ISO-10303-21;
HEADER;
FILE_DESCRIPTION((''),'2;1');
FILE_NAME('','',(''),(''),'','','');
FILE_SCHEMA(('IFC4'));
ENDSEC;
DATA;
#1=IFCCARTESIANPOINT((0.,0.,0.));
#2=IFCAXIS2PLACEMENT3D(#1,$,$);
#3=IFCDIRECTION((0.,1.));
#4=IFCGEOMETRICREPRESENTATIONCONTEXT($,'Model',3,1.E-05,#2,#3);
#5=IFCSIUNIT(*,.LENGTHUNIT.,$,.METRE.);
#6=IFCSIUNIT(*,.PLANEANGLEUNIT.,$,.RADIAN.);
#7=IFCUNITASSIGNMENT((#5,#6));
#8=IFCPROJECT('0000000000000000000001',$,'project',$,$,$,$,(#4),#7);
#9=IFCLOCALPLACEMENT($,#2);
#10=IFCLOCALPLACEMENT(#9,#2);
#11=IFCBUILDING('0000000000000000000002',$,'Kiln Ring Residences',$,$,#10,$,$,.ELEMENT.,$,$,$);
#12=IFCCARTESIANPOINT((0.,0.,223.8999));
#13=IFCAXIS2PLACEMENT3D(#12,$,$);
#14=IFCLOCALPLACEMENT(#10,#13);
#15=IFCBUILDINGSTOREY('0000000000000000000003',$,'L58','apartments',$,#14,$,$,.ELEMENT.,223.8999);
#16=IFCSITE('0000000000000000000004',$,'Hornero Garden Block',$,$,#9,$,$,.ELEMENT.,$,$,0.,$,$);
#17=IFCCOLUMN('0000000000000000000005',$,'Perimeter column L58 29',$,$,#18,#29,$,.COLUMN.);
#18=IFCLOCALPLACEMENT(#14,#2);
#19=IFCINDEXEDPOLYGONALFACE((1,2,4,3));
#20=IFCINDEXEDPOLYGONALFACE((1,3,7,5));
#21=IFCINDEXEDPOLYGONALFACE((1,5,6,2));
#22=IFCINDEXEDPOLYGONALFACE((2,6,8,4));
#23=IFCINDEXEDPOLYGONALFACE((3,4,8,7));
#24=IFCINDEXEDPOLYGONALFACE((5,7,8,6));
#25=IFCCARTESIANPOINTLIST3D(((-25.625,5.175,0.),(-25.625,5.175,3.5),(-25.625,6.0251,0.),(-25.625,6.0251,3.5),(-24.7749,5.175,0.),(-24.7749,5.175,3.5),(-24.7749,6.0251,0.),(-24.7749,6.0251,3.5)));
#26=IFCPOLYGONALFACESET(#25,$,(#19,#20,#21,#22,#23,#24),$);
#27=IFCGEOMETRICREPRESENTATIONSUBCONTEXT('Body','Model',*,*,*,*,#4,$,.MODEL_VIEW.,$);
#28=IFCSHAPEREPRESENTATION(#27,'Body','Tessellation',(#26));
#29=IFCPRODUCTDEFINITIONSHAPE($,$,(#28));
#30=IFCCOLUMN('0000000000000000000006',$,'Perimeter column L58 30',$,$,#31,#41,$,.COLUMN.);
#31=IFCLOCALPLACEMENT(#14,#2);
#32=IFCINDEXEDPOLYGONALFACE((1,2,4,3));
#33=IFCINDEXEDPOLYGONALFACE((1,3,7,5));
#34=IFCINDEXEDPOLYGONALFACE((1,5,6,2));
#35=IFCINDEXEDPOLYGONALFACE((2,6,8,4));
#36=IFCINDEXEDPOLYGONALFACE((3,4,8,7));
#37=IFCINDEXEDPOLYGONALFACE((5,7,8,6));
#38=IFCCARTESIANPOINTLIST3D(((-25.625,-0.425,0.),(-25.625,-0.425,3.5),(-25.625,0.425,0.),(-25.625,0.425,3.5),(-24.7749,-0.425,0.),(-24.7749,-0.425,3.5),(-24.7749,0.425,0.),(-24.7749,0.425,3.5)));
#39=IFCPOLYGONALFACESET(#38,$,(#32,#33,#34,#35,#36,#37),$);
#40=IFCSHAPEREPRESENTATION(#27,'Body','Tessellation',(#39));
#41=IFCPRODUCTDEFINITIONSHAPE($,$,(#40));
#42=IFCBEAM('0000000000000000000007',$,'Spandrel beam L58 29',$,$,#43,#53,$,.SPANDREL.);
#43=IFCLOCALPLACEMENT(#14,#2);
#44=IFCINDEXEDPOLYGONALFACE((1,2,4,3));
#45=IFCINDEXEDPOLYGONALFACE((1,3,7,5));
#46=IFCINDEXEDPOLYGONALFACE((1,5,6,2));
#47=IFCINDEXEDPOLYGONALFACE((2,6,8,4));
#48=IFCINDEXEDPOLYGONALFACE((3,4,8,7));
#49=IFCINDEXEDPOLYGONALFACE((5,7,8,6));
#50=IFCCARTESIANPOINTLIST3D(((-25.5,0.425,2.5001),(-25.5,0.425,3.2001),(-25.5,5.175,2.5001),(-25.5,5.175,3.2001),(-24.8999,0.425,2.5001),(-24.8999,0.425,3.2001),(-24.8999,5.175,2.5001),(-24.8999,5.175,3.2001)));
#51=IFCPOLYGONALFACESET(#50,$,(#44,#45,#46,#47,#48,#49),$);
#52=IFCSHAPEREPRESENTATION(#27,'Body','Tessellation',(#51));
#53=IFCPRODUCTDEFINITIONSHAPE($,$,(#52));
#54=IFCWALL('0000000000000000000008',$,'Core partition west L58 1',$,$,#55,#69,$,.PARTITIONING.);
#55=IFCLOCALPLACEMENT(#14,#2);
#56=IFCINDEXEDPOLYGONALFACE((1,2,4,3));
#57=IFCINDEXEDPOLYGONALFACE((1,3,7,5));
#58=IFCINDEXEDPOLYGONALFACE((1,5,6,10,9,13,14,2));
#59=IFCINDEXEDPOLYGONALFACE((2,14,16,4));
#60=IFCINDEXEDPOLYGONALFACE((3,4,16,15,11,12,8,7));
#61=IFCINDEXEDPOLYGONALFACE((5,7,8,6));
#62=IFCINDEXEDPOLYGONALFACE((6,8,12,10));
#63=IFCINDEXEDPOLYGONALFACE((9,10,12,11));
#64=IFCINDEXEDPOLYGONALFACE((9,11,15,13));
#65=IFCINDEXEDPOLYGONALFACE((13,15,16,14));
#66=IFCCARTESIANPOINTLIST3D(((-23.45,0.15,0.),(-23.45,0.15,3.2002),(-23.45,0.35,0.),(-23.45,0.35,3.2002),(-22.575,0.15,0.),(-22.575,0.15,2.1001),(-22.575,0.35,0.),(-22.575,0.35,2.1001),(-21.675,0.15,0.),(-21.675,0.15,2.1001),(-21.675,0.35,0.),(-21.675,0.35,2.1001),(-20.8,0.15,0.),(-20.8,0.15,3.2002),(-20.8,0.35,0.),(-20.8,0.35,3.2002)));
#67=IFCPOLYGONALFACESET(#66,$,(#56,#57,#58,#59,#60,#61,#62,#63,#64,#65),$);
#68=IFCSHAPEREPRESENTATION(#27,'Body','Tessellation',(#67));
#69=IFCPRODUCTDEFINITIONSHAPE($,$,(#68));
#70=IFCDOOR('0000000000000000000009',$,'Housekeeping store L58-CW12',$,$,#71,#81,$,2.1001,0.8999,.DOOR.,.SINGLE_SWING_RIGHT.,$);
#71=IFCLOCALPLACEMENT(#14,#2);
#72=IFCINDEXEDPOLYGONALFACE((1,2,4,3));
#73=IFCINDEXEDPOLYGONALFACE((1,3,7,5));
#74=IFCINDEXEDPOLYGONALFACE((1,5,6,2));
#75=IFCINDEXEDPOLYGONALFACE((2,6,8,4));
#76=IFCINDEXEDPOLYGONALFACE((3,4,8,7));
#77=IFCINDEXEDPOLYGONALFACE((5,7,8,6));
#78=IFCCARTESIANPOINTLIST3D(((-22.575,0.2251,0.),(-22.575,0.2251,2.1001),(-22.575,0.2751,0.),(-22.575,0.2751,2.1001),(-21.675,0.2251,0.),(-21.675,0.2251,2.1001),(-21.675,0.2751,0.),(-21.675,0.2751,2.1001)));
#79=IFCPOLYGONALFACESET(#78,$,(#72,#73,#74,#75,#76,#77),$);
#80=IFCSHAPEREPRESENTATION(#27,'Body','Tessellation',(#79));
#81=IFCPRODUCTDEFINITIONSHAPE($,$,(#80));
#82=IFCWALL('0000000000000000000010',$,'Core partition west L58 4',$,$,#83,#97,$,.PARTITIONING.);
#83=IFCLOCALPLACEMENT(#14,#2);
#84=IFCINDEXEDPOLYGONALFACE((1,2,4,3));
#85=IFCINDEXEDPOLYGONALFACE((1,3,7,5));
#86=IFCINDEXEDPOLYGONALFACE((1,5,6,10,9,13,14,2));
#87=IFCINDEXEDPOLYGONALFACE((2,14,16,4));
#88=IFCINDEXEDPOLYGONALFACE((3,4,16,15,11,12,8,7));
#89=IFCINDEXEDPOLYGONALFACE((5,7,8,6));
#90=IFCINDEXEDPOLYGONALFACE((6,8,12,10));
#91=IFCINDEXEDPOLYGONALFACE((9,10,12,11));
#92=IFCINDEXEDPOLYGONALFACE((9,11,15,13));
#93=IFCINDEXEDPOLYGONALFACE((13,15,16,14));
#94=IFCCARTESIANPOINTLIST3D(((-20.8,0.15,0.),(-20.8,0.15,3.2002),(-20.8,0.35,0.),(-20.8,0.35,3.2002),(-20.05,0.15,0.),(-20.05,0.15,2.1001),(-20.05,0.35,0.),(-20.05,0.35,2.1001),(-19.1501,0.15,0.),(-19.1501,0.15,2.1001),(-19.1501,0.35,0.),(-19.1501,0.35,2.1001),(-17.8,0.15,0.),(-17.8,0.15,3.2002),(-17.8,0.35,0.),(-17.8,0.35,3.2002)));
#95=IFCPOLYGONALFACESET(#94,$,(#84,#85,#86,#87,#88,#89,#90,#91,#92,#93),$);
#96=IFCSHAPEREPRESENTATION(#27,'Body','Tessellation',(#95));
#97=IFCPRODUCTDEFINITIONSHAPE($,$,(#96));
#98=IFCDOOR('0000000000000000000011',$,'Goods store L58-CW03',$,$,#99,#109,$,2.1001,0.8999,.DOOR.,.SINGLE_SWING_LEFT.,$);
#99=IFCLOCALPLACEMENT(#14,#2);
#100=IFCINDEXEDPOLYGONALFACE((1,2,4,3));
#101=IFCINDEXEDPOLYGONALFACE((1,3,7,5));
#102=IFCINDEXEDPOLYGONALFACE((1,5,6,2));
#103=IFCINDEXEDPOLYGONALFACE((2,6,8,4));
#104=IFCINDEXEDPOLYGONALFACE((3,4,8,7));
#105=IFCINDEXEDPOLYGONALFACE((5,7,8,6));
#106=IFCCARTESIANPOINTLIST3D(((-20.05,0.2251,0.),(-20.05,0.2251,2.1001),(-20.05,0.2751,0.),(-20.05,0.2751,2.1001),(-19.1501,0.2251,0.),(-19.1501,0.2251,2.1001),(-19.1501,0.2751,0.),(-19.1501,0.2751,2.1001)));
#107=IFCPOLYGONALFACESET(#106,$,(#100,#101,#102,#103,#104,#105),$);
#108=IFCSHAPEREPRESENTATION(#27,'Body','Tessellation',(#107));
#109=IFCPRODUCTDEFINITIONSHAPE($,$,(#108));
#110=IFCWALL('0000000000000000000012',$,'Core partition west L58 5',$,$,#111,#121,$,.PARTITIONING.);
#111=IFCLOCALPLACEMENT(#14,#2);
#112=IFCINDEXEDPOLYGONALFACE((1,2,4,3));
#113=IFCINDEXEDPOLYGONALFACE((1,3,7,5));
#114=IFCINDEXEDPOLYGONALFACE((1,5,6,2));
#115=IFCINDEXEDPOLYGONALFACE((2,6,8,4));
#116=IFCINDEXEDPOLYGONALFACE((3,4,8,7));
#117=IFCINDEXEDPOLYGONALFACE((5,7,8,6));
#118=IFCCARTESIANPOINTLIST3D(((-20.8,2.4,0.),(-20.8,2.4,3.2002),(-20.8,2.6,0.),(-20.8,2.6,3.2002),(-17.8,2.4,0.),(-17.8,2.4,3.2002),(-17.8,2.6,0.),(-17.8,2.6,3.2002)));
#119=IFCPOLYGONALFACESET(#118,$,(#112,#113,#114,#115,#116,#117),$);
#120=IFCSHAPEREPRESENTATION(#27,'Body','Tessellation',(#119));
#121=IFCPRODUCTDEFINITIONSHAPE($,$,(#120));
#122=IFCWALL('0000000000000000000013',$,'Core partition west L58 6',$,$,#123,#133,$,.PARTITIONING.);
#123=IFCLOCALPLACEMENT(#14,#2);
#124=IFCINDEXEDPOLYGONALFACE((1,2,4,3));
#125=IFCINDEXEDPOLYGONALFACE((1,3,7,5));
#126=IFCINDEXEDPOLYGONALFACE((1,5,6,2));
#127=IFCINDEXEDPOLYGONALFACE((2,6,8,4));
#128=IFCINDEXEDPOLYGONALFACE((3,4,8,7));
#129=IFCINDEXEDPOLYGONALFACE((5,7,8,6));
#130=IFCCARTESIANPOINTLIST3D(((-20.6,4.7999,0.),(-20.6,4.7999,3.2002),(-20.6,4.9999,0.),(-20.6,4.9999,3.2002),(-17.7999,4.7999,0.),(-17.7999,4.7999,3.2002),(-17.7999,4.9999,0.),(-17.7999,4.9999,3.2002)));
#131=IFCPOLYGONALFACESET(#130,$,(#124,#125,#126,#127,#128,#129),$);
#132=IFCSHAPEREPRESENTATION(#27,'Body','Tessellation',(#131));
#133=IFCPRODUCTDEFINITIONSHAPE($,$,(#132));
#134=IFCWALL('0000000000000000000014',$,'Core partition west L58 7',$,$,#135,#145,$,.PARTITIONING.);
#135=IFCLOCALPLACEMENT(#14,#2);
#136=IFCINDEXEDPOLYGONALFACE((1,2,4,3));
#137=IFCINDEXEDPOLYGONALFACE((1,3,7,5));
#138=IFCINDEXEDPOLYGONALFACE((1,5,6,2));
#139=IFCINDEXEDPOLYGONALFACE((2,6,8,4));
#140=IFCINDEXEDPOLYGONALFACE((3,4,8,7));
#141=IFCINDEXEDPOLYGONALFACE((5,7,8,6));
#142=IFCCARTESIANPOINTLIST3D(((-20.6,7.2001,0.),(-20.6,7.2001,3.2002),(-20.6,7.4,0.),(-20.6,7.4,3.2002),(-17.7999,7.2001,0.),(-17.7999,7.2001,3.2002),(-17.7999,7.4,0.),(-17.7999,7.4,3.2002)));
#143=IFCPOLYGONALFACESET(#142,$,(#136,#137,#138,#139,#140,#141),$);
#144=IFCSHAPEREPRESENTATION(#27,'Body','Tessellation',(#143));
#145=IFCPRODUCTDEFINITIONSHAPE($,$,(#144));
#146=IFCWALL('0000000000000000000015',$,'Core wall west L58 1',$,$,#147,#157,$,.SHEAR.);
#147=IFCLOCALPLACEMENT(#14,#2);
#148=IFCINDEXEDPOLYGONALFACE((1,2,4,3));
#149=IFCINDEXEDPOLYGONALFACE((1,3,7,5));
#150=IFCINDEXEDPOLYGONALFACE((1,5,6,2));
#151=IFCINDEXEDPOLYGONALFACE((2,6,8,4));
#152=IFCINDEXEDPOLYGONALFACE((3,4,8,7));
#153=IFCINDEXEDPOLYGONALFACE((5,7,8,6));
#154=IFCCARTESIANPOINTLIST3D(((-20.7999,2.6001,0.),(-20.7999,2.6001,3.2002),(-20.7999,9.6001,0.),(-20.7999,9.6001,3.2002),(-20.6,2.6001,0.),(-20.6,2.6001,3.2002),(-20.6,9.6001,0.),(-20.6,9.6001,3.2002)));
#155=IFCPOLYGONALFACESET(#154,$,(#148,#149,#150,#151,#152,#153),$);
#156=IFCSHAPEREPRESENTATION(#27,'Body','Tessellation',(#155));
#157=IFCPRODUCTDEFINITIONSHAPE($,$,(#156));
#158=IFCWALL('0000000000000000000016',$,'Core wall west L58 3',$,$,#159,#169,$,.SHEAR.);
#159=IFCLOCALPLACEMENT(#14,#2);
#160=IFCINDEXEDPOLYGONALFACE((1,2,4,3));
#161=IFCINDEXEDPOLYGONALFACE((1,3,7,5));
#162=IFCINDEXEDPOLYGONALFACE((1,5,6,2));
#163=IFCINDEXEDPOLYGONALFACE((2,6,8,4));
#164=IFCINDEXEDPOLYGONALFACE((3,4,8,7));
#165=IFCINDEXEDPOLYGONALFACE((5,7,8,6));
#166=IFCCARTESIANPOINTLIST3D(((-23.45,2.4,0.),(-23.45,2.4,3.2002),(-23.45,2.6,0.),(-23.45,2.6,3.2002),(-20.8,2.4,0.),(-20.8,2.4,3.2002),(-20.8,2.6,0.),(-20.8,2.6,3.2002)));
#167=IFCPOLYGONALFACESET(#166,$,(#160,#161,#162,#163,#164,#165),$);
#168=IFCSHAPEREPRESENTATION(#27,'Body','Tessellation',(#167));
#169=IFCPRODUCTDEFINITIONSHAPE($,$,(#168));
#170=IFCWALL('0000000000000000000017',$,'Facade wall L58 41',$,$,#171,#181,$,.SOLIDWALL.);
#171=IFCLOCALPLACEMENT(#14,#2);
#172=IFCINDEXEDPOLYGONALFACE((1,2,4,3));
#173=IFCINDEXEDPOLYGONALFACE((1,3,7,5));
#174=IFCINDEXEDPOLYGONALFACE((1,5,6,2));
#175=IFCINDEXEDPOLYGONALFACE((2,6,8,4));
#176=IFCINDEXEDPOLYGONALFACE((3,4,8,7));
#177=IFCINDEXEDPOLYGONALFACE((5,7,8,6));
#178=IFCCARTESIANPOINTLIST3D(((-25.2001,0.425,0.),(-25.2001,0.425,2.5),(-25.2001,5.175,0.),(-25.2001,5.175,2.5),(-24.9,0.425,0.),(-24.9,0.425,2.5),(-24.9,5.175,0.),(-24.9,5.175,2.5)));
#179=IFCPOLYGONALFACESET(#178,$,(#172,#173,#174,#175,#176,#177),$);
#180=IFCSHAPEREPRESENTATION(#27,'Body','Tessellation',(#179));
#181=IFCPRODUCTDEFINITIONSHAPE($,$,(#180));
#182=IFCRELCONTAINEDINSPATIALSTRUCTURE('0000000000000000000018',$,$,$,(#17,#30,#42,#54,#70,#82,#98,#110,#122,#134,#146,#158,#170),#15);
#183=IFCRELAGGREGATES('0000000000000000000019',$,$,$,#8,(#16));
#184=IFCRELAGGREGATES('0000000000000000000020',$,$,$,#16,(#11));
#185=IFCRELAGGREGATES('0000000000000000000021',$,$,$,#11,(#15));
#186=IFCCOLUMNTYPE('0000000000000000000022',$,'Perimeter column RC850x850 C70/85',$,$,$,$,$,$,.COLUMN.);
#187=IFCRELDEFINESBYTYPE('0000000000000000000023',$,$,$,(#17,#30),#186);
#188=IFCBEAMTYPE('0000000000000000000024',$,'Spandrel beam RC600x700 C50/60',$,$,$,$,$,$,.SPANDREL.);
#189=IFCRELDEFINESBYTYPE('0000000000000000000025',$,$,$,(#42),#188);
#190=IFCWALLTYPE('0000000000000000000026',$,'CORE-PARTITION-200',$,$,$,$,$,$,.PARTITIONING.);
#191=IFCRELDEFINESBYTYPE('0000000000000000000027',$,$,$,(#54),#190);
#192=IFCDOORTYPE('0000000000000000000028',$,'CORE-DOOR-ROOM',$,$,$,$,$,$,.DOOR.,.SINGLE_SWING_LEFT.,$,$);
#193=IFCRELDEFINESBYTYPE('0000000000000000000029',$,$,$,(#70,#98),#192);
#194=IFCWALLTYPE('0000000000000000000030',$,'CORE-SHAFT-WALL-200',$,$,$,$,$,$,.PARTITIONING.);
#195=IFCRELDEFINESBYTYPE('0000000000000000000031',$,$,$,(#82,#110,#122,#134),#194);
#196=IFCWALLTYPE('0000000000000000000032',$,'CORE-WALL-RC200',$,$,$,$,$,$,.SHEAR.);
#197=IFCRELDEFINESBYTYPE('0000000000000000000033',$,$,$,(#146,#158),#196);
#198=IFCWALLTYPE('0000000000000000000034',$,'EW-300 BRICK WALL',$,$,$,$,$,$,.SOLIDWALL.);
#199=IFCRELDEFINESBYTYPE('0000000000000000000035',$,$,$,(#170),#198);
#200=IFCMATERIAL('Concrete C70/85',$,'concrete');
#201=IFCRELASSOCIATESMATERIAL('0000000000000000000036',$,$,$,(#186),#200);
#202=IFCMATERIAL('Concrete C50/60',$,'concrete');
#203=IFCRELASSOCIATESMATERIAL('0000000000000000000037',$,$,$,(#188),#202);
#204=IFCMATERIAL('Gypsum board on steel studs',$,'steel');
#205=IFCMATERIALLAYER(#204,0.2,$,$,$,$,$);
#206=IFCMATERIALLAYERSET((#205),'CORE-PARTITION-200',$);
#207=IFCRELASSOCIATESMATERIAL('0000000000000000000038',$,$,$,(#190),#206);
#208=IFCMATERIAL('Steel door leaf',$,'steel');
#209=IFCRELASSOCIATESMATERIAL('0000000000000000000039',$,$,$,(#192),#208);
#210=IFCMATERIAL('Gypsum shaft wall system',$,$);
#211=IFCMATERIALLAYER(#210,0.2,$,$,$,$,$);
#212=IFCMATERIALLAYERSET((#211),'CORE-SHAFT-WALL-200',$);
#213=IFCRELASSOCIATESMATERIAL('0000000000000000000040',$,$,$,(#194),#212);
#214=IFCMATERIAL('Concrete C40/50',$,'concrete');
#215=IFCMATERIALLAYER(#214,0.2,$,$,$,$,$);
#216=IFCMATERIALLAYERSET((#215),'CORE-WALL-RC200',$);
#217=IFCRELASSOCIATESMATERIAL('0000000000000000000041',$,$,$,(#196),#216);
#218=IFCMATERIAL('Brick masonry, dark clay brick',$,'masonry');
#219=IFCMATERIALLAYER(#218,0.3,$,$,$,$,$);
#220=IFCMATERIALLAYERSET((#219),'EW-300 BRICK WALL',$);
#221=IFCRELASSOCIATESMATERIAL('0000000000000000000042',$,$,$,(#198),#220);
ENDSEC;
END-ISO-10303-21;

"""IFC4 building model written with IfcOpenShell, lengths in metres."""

from ifc_helpers import new_model, si_unit, direction, frame, frame_2d, origin, origin_2d, place, context, subcontext, project, spatial, rectangle, extrude, material, layer, layer_set, material_profile, profile_set, type_object, element, fill, save


model = new_model("IFC4")

# Units and contexts
model_context = context("Model", 3, precision=1e-05, world=origin(), true_north=direction((0.0, 1.0)))
body_context = subcontext(model_context, "Body", "Model", "MODEL_VIEW")
ifc_project = project(units=[si_unit("LENGTHUNIT", "METRE"), si_unit("PLANEANGLEUNIT", "RADIAN")], contexts=[model_context])

# Site, building, storey
site_placement = place(None, origin())
site = spatial("IfcSite", under=ifc_project, at=site_placement, Name="Hornero Garden Block", CompositionType="ELEMENT", RefElevation=0.0)
building_placement = place(site_placement, origin())
building = spatial("IfcBuilding", under=site, at=building_placement, Name="Kiln Ring Residences", CompositionType="ELEMENT")
storey_placement = place(building_placement, frame((0.0, 0.0, 223.8999)))
storey = spatial("IfcBuildingStorey", under=building, at=storey_placement, Name="L58", Description="apartments", CompositionType="ELEMENT", Elevation=223.8999)

# Columns
ifc_material_1 = material(Name="Concrete C70/85", Category="concrete")
ifc_material_profile_1 = material_profile(ifc_material_1, rectangle(XDim=0.8501, YDim=0.8501, at=origin_2d()), Name="RC850x850")
ifc_profile_set_1 = profile_set([ifc_material_profile_1], Name="Concrete C70/85")
column_type = type_object("IfcColumnType", Name="Perimeter column RC850x850 C70/85", PredefinedType="COLUMN", material=ifc_profile_set_1)
for number, where, z_axis, x_axis, name in (
    (1, (-25.2, 5.6001, 0.0), (0.0, 0.0, 1.0), (1.0, 0.0, 0.0), "Perimeter column L58 29"),
    (2, (-25.2, 0.0, 0.0), (0.0, 0.0, 1.0), (1.0, 0.0, 0.0), "Perimeter column L58 30"),
):
    element("IfcColumn", number, at=place(storey_placement, frame(where, z_axis=z_axis, x_axis=x_axis)), inside=storey, type_object=column_type, Name=name, PredefinedType="COLUMN", context=body_context, shape_type="SweptSolid", body=[
        extrude(rectangle(XDim=0.8501, YDim=0.8501, at=origin_2d()), origin(), (0.0, 0.0, 1.0), 3.5),
    ])

# Beam
ifc_material_2 = material(Name="Concrete C50/60", Category="concrete")
ifc_material_profile_2 = material_profile(ifc_material_2, rectangle(XDim=0.6001, YDim=0.7, at=origin_2d()), Name="RC600x700")
ifc_profile_set_2 = profile_set([ifc_material_profile_2], Name="Concrete C50/60")
beam_type = type_object("IfcBeamType", Name="Spandrel beam RC600x700 C50/60", PredefinedType="SPANDREL", material=ifc_profile_set_2)
beam_placement = place(storey_placement, frame((-25.2, 5.175, 2.8501), z_axis=(0.0, -1.0, 0.0), x_axis=(1.0, 0.0, 0.0)))
element("IfcBeam", 3, at=beam_placement, inside=storey, type_object=beam_type, Name="Spandrel beam L58 29", PredefinedType="SPANDREL", context=body_context, shape_type="SweptSolid", body=[
    extrude(rectangle(XDim=0.6001, YDim=0.7, at=origin_2d()), origin(), (0.0, 0.0, 1.0), 4.75),
])

# Walls, openings, doors
ifc_material_3 = material(Name="Gypsum board on steel studs", Category="steel")
ifc_layer_1 = layer(ifc_material_3, 0.2)
ifc_layer_set_1 = layer_set([ifc_layer_1], Name="CORE-PARTITION-200")
wall_type_1 = type_object("IfcWallType", Name="CORE-PARTITION-200", PredefinedType="PARTITIONING", material=ifc_layer_set_1)
wall_1_placement = place(storey_placement, frame((-20.8, 0.25, 0.0), z_axis=(0.0, 0.0, 1.0), x_axis=(-1.0, 0.0, 0.0)))
wall_1 = element("IfcWall", 4, at=wall_1_placement, inside=storey, type_object=wall_type_1, Name="Core partition west L58 1", PredefinedType="PARTITIONING", context=body_context, shape_type="SweptSolid", body=[
    extrude(rectangle(XDim=2.6499, YDim=0.2, at=frame_2d((1.325, 0.0))), origin(), (0.0, 0.0, 1.0), 3.2002),
])
opening_1_placement = place(wall_1_placement, frame((0.875, 0.0, 0.0)))
opening_1 = element("IfcOpeningElement", 5, at=opening_1_placement, cuts=wall_1, PredefinedType="OPENING", context=body_context, shape_type="SweptSolid", body=[
    extrude(rectangle(XDim=0.8999, YDim=2.1001, at=frame_2d((0.45, 1.05))), frame((0.0, 0.1099, 0.0), z_axis=(0.0, -1.0, 0.0), x_axis=(1.0, 0.0, 0.0)), (0.0, 0.0, 1.0), 0.22),
])
ifc_material_4 = material(Name="Steel door leaf", Category="steel")
door_type = type_object("IfcDoorType", Name="CORE-DOOR-ROOM", OperationType="SINGLE_SWING_LEFT", PredefinedType="DOOR", material=ifc_material_4)
door_1_placement = place(opening_1_placement, origin())
door_1 = element("IfcDoor", 6, at=door_1_placement, inside=storey, type_object=door_type, Name="Housekeeping store L58-CW12", OperationType="SINGLE_SWING_RIGHT", OverallHeight=2.1001, OverallWidth=0.8999, PredefinedType="DOOR", context=body_context, shape_type="SweptSolid", body=[
    extrude(rectangle(XDim=0.8999, YDim=2.1001, at=frame_2d((0.45, 1.05))), frame((0.0, 0.0249, 0.0), z_axis=(0.0, -1.0, 0.0), x_axis=(1.0, 0.0, 0.0)), (0.0, 0.0, 1.0), 0.05),
])
fill(opening_1, door_1)
ifc_material_5 = material(Name="Gypsum shaft wall system")
ifc_layer_2 = layer(ifc_material_5, 0.2)
ifc_layer_set_2 = layer_set([ifc_layer_2], Name="CORE-SHAFT-WALL-200")
wall_type_2 = type_object("IfcWallType", Name="CORE-SHAFT-WALL-200", PredefinedType="PARTITIONING", material=ifc_layer_set_2)
wall_2_placement = place(storey_placement, frame((-17.8, 0.25, 0.0), z_axis=(0.0, 0.0, 1.0), x_axis=(-1.0, 0.0, 0.0)))
wall_2 = element("IfcWall", 7, at=wall_2_placement, inside=storey, type_object=wall_type_2, Name="Core partition west L58 4", PredefinedType="PARTITIONING", context=body_context, shape_type="SweptSolid", body=[
    extrude(rectangle(XDim=3.0, YDim=0.2, at=frame_2d((1.5, 0.0))), origin(), (0.0, 0.0, 1.0), 3.2002),
])
opening_2_placement = place(wall_2_placement, frame((1.3501, 0.0, 0.0)))
opening_2 = element("IfcOpeningElement", 8, at=opening_2_placement, cuts=wall_2, PredefinedType="OPENING", context=body_context, shape_type="SweptSolid", body=[
    extrude(rectangle(XDim=0.8999, YDim=2.1001, at=frame_2d((0.45, 1.05))), frame((0.0, 0.1099, 0.0), z_axis=(0.0, -1.0, 0.0), x_axis=(1.0, 0.0, 0.0)), (0.0, 0.0, 1.0), 0.22),
])
door_2_placement = place(opening_2_placement, origin())
door_2 = element("IfcDoor", 9, at=door_2_placement, inside=storey, type_object=door_type, Name="Goods store L58-CW03", OperationType="SINGLE_SWING_LEFT", OverallHeight=2.1001, OverallWidth=0.8999, PredefinedType="DOOR", context=body_context, shape_type="SweptSolid", body=[
    extrude(rectangle(XDim=0.8999, YDim=2.1001, at=frame_2d((0.45, 1.05))), frame((0.0, 0.0249, 0.0), z_axis=(0.0, -1.0, 0.0), x_axis=(1.0, 0.0, 0.0)), (0.0, 0.0, 1.0), 0.05),
])
fill(opening_2, door_2)

# Walls
wall_3_placement = place(storey_placement, frame((-17.8, 2.5, 0.0), z_axis=(0.0, 0.0, 1.0), x_axis=(-1.0, 0.0, 0.0)))
element("IfcWall", 10, at=wall_3_placement, inside=storey, type_object=wall_type_2, Name="Core partition west L58 5", PredefinedType="PARTITIONING", context=body_context, shape_type="SweptSolid", body=[
    extrude(rectangle(XDim=3.0, YDim=0.2, at=frame_2d((1.5, 0.0))), origin(), (0.0, 0.0, 1.0), 3.2002),
])
for number, where, z_axis, x_axis, name in (
    (11, (-17.8, 4.8999, 0.0), (0.0, 0.0, 1.0), (-1.0, 0.0, 0.0), "Core partition west L58 6"),
    (12, (-17.8, 7.3, 0.0), (0.0, 0.0, 1.0), (-1.0, 0.0, 0.0), "Core partition west L58 7"),
):
    element("IfcWall", number, at=place(storey_placement, frame(where, z_axis=z_axis, x_axis=x_axis)), inside=storey, type_object=wall_type_2, Name=name, PredefinedType="PARTITIONING", context=body_context, shape_type="SweptSolid", body=[
        extrude(rectangle(XDim=2.8, YDim=0.2, at=frame_2d((1.3999, 0.0))), origin(), (0.0, 0.0, 1.0), 3.2002),
    ])
ifc_material_6 = material(Name="Concrete C40/50", Category="concrete")
ifc_layer_3 = layer(ifc_material_6, 0.2)
ifc_layer_set_3 = layer_set([ifc_layer_3], Name="CORE-WALL-RC200")
wall_type_3 = type_object("IfcWallType", Name="CORE-WALL-RC200", PredefinedType="SHEAR", material=ifc_layer_set_3)
wall_4_placement = place(storey_placement, frame((-20.7, 2.6001, 0.0), z_axis=(0.0, 0.0, 1.0), x_axis=(0.0, 1.0, 0.0)))
element("IfcWall", 13, at=wall_4_placement, inside=storey, type_object=wall_type_3, Name="Core wall west L58 1", PredefinedType="SHEAR", context=body_context, shape_type="SweptSolid", body=[
    extrude(rectangle(XDim=7.0, YDim=0.2, at=frame_2d((3.5, 0.0))), origin(), (0.0, 0.0, 1.0), 3.2002),
])
wall_5_placement = place(storey_placement, frame((-20.8, 2.5, 0.0), z_axis=(0.0, 0.0, 1.0), x_axis=(-1.0, 0.0, 0.0)))
element("IfcWall", 14, at=wall_5_placement, inside=storey, type_object=wall_type_3, Name="Core wall west L58 3", PredefinedType="SHEAR", context=body_context, shape_type="SweptSolid", body=[
    extrude(rectangle(XDim=2.6499, YDim=0.2, at=frame_2d((1.325, 0.0))), origin(), (0.0, 0.0, 1.0), 3.2002),
])
ifc_material_7 = material(Name="Brick masonry, dark clay brick", Category="masonry")
ifc_layer_4 = layer(ifc_material_7, 0.3)
ifc_layer_set_4 = layer_set([ifc_layer_4], Name="EW-300 BRICK WALL")
wall_type_4 = type_object("IfcWallType", Name="EW-300 BRICK WALL", PredefinedType="SOLIDWALL", material=ifc_layer_set_4)
for number, where, z_axis, x_axis, name in (
    (15, (-25.05, 5.175, 0.0), (0.0, 0.0, 1.0), (0.0, -1.0, 0.0), "Facade wall L58 41"),
):
    element("IfcWall", number, at=place(storey_placement, frame(where, z_axis=z_axis, x_axis=x_axis)), inside=storey, type_object=wall_type_4, Name=name, PredefinedType="SOLIDWALL", context=body_context, shape_type="SweptSolid", body=[
        extrude(rectangle(XDim=4.75, YDim=0.3, at=frame_2d((2.375, 0.0))), origin(), (0.0, 0.0, 1.0), 2.5),
    ])

save(model, "model.ifc")
